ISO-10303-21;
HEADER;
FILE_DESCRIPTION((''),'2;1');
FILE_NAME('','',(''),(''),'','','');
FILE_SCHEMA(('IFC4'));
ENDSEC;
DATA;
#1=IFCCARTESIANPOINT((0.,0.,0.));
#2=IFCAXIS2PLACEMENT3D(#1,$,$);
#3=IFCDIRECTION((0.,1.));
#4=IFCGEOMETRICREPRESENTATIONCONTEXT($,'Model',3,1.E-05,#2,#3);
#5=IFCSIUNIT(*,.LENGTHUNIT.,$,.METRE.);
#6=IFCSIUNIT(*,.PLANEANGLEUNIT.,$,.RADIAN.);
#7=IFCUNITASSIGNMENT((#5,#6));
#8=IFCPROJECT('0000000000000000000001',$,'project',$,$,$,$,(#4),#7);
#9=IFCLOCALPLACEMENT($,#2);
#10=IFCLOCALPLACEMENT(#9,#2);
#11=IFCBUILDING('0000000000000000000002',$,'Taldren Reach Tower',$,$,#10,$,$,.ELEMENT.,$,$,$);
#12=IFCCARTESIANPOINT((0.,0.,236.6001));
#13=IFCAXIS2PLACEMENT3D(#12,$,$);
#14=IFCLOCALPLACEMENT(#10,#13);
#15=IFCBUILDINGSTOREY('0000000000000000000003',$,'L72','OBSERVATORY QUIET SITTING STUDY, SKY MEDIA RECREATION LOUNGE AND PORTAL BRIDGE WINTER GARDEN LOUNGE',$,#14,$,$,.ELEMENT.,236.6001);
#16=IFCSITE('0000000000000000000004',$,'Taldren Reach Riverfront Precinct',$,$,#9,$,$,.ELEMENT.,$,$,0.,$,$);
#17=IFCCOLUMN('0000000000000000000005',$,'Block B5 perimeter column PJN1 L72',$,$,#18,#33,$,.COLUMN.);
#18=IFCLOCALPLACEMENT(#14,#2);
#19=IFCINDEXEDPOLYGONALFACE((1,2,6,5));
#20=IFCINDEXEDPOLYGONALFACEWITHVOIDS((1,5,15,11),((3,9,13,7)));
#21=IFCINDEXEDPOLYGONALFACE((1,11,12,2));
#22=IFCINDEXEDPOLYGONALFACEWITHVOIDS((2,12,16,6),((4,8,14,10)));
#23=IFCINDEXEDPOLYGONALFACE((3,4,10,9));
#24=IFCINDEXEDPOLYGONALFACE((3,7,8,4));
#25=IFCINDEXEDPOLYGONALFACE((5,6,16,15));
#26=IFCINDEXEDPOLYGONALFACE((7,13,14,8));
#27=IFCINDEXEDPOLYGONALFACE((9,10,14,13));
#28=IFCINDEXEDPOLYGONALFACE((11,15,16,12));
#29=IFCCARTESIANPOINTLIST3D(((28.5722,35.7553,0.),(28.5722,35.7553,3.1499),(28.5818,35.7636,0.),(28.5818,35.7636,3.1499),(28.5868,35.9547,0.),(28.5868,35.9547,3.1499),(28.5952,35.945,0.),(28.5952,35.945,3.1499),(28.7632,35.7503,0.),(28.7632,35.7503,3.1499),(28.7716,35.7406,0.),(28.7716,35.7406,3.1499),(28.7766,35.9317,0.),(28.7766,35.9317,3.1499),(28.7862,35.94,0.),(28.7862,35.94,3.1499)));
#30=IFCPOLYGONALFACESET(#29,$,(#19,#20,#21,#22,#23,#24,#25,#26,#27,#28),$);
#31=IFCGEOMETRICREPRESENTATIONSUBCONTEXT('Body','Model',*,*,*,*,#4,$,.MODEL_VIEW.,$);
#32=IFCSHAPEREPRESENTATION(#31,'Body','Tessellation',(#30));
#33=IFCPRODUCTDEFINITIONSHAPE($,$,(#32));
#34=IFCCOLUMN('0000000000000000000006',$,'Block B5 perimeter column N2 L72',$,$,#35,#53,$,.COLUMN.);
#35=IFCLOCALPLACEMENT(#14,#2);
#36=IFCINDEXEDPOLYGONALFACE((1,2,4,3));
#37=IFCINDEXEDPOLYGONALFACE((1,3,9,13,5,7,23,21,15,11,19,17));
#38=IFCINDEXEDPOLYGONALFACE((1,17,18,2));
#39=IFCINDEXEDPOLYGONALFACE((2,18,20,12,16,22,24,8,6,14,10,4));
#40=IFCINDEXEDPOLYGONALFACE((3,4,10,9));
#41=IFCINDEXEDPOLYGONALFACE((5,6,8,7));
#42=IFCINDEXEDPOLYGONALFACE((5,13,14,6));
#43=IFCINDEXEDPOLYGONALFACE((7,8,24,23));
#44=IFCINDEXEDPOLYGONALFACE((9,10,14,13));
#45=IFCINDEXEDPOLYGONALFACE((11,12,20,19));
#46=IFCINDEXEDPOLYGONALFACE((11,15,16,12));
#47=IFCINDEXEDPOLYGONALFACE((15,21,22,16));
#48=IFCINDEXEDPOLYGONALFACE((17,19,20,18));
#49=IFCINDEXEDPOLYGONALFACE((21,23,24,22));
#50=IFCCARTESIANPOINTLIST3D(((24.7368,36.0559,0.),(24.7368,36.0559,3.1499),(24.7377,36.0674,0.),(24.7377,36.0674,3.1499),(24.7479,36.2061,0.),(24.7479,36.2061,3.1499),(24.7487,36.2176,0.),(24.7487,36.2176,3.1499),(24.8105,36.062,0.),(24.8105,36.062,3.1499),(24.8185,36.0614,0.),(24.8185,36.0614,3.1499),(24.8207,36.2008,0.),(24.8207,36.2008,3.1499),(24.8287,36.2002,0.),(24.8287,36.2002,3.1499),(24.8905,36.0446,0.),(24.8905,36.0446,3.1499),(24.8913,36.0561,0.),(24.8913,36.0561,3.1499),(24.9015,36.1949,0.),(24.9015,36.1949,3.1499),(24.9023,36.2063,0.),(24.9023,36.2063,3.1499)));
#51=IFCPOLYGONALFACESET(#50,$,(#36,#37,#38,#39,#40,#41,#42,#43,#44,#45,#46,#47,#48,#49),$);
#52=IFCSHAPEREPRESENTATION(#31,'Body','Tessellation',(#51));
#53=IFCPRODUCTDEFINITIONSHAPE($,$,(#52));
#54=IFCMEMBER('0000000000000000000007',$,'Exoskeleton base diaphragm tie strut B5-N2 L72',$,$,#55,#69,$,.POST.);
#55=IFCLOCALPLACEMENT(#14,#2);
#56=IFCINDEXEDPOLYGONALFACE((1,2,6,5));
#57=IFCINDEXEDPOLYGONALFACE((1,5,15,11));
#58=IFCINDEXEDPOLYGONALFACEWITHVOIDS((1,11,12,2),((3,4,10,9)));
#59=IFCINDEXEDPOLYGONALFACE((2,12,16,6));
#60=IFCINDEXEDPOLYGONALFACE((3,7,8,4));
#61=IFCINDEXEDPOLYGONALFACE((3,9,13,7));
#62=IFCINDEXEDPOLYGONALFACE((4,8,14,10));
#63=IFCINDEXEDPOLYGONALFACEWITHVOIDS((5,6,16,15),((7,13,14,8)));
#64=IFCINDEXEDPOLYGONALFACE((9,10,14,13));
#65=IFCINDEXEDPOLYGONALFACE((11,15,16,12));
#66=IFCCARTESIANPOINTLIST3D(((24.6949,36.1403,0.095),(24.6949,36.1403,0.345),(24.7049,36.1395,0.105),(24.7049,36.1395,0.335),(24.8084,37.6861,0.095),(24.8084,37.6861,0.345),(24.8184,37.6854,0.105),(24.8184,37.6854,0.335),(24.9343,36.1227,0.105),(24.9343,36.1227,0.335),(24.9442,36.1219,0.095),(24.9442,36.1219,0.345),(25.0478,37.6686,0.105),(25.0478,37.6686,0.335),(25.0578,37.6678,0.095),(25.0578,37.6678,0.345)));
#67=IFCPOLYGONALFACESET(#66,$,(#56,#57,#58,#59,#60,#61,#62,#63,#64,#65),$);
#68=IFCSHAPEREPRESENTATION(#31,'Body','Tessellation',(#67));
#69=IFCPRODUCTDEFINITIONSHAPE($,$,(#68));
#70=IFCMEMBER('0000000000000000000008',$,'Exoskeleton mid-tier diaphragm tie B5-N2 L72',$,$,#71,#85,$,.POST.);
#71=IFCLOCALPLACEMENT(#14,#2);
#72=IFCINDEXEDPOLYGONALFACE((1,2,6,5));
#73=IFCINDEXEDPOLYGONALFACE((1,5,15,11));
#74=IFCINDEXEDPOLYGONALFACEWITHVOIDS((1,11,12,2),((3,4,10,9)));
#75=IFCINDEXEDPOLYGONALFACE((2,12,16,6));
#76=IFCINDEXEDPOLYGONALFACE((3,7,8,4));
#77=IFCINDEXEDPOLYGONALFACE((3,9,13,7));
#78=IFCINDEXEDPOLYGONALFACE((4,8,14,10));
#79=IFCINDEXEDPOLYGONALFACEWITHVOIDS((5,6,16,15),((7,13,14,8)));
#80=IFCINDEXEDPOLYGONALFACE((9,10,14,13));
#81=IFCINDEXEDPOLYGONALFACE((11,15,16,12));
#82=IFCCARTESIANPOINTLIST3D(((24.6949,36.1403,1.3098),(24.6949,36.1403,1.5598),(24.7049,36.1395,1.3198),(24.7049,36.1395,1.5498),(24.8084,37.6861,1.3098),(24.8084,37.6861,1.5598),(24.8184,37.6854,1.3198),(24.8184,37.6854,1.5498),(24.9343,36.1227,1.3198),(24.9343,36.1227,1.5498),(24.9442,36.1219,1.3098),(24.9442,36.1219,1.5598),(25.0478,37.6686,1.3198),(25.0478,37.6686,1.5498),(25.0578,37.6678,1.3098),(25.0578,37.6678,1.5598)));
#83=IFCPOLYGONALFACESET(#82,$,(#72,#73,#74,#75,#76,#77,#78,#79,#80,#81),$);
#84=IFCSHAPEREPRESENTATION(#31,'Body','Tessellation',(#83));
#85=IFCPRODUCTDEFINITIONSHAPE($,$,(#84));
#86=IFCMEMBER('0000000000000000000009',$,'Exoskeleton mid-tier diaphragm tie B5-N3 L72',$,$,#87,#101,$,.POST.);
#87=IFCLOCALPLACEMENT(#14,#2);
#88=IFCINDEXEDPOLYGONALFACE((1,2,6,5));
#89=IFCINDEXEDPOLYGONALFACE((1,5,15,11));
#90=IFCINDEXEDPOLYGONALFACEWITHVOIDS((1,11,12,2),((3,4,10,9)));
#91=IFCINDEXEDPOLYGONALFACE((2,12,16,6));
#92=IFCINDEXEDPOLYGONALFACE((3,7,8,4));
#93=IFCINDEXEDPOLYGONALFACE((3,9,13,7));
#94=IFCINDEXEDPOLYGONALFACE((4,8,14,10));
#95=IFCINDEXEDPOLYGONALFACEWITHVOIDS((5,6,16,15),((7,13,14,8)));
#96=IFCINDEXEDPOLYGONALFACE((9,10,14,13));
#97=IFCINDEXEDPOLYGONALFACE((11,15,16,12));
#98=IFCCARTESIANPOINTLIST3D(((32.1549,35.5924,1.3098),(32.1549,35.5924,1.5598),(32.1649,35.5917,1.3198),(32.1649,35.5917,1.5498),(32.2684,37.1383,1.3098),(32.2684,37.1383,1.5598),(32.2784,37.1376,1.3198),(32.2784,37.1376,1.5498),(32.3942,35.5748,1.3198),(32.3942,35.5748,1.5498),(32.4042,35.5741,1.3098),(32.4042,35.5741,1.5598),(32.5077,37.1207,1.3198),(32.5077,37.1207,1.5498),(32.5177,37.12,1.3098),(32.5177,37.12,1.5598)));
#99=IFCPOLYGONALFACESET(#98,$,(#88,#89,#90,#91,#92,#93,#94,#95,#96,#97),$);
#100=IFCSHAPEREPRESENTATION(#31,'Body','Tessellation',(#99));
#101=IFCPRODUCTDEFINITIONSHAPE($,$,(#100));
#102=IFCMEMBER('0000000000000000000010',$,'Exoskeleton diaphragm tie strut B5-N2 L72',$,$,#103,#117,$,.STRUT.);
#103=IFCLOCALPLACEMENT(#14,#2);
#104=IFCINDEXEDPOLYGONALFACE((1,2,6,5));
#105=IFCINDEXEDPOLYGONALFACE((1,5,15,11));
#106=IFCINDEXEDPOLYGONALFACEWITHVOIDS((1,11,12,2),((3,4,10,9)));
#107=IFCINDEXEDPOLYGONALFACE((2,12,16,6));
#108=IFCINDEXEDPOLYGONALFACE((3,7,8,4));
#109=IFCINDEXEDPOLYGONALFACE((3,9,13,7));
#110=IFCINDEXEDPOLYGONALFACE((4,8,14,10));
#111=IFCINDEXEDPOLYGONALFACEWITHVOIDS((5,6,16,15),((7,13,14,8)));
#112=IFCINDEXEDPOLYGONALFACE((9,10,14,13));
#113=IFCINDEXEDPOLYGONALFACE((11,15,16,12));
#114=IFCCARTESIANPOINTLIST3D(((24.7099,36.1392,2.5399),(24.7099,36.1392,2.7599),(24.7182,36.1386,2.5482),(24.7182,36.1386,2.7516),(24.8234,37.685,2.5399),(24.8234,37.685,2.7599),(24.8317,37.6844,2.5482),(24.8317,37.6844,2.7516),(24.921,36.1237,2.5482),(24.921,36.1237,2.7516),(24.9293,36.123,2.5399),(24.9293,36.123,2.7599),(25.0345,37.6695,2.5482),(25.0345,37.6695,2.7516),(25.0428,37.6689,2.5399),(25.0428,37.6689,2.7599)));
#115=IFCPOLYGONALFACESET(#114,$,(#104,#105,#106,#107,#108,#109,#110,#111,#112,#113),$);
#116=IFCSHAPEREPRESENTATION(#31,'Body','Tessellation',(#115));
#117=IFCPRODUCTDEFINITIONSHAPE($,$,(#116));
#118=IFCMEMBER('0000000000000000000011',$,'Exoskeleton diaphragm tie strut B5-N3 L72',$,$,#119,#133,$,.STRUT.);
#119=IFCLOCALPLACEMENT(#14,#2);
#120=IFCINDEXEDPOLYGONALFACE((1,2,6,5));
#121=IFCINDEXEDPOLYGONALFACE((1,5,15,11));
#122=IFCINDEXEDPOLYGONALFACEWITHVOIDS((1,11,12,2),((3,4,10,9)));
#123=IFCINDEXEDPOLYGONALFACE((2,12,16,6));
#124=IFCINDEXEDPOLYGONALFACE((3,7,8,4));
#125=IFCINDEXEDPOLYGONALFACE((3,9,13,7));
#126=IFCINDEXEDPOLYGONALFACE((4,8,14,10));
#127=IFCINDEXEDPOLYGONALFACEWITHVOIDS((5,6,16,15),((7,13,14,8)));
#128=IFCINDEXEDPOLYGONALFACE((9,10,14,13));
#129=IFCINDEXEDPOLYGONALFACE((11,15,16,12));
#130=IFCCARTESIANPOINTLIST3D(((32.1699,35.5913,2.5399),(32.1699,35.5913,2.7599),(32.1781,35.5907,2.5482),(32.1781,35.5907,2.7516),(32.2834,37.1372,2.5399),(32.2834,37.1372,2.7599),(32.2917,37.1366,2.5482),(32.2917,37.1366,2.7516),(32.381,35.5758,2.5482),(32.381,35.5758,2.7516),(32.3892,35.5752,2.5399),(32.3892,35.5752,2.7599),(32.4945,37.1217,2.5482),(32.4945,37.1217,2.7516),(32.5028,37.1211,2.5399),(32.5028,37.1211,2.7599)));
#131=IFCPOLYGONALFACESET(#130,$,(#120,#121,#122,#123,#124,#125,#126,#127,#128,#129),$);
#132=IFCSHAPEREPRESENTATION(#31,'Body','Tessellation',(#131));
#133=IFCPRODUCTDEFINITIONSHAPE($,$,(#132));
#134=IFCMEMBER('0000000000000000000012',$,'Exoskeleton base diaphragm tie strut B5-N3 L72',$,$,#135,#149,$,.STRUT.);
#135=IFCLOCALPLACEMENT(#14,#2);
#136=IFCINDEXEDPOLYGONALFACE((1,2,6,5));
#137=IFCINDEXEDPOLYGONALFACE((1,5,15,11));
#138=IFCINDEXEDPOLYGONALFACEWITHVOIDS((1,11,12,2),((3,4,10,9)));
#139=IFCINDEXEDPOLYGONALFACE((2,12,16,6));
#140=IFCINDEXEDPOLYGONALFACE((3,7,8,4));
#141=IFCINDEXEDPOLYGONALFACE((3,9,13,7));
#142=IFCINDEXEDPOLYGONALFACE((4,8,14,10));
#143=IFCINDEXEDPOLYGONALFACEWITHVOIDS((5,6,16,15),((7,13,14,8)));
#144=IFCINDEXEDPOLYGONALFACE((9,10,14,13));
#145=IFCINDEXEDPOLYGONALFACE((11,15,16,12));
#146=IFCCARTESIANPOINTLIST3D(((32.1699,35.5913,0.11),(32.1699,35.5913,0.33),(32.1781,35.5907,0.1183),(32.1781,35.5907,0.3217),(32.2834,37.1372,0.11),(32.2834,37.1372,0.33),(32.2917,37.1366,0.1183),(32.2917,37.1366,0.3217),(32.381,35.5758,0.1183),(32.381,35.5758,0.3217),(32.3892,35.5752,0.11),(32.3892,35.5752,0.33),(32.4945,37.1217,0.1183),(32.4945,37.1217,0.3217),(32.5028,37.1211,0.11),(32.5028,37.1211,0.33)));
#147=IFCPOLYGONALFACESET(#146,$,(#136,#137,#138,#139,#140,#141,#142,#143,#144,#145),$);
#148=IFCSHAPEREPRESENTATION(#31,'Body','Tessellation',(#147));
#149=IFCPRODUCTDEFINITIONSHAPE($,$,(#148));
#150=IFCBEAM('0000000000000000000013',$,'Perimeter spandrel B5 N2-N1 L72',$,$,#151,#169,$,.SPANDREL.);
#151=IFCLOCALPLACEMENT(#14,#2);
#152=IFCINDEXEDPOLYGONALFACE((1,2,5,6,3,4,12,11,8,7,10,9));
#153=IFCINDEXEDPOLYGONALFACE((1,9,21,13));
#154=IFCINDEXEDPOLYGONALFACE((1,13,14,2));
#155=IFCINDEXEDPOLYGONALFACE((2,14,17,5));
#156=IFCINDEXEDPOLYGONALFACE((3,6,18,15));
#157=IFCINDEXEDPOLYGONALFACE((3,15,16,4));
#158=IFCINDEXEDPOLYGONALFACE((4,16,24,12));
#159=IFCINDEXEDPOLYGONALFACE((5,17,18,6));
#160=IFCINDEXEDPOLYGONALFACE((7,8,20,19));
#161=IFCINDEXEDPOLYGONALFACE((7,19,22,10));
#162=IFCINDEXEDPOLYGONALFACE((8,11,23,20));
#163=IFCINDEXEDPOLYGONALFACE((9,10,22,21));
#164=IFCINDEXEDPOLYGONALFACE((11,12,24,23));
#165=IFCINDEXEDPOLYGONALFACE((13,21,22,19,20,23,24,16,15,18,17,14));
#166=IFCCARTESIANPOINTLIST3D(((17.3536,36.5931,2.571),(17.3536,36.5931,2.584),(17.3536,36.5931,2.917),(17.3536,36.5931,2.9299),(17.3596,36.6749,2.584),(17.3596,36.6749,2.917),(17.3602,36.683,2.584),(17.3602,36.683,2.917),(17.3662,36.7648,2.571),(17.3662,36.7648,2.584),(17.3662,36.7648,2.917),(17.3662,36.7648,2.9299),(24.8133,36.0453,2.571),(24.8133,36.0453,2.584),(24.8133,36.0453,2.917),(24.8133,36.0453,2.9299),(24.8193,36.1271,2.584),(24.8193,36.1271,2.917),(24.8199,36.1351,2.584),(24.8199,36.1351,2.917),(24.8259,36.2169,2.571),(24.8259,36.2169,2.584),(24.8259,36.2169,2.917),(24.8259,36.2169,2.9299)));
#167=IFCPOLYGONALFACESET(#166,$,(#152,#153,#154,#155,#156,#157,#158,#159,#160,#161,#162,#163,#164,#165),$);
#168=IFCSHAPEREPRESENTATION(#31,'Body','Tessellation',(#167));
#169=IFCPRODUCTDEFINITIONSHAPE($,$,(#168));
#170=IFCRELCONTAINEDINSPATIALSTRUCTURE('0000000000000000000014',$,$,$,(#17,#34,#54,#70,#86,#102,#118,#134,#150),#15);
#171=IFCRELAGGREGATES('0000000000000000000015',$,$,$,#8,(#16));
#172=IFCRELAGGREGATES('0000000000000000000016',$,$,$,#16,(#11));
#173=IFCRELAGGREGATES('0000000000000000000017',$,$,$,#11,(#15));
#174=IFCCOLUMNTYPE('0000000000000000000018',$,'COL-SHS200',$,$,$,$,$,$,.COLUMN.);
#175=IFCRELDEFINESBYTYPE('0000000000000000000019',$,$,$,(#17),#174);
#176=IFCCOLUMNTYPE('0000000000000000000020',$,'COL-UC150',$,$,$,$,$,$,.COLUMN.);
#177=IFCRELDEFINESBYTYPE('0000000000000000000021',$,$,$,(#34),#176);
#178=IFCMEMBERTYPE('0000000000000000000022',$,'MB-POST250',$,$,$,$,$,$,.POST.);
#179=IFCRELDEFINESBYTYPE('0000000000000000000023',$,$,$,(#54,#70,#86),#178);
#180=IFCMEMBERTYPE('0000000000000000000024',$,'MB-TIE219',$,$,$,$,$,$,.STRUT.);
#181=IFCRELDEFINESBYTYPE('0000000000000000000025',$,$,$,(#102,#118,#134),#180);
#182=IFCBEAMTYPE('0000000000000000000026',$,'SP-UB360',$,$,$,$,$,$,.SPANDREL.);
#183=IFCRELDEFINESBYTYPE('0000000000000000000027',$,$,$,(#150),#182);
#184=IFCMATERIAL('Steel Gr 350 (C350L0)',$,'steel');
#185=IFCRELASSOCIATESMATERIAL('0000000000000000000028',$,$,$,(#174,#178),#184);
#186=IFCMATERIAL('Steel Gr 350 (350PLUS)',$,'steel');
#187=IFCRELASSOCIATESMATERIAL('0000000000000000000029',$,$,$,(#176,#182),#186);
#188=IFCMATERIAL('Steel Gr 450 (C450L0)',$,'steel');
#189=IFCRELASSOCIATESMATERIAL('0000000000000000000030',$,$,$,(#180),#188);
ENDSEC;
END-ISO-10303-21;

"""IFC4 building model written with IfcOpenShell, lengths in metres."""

from ifc_helpers import new_model, si_unit, direction, frame, origin, origin_2d, place, context, subcontext, project, spatial, hollow_rectangle, i_section, extrude, source, transform, mapped, material, material_profile, profile_set, type_object, element, save


model = new_model("IFC4")

# Units and contexts
model_context = context("Model", 3, precision=1e-05, world=origin(), true_north=direction((0.0, 1.0)))
body_context = subcontext(model_context, "Body", "Model", "MODEL_VIEW")
ifc_project = project(units=[si_unit("LENGTHUNIT", "METRE"), si_unit("PLANEANGLEUNIT", "RADIAN")], contexts=[model_context])

# Site, building, storey
site_placement = place(None, origin())
site = spatial("IfcSite", under=ifc_project, at=site_placement, Name="Taldren Reach Riverfront Precinct", CompositionType="ELEMENT", RefElevation=0.0)
building_placement = place(site_placement, origin())
building = spatial("IfcBuilding", under=site, at=building_placement, Name="Taldren Reach Tower", CompositionType="ELEMENT")
storey_placement = place(building_placement, frame((0.0, 0.0, 236.6001)))
storey = spatial("IfcBuildingStorey", under=building, at=storey_placement, Name="L72", Description="OBSERVATORY QUIET SITTING STUDY, SKY MEDIA RECREATION LOUNGE AND PORTAL BRIDGE WINTER GARDEN LOUNGE", CompositionType="ELEMENT", Elevation=236.6001)

# Columns
ifc_material_1 = material(Name="Steel Gr 350 (C350L0)", Category="steel")
ifc_material_profile_1 = material_profile(ifc_material_1, hollow_rectangle(XDim=0.2, YDim=0.2, WallThickness=0.009, at=origin_2d()), Name="200x200x9.0SHS")
ifc_profile_set_1 = profile_set([ifc_material_profile_1], Name="Steel Gr 350 (C350L0)")
column_type_1 = type_object("IfcColumnType", Name="COL-SHS200", PredefinedType="COLUMN", material=ifc_profile_set_1)
shared_shape_1 = source(origin(), body_context, "Body", "SweptSolid", [
    extrude(hollow_rectangle(XDim=0.2, YDim=0.2, WallThickness=0.009, at=origin_2d()), origin(), (0.0, 0.0, 1.0), 3.1499),
])
column_1_placement = place(storey_placement, frame((28.6792, 35.8477, 0.0), z_axis=(0.0, 0.0, 1.0), x_axis=(0.997314, -0.073238, 0.0)))
element("IfcColumn", 1, at=column_1_placement, inside=storey, type_object=column_type_1, Name="Block B5 perimeter column PJN1 L72", PredefinedType="COLUMN", context=body_context, shape_type="MappedRepresentation", body=[
    mapped(shared_shape_1, transform((0.0, 0.0, 0.0), scale=1.0)),
])
ifc_material_2 = material(Name="Steel Gr 350 (350PLUS)", Category="steel")
ifc_material_profile_2 = material_profile(ifc_material_2, i_section(OverallWidth=0.1541, OverallDepth=0.1621, WebThickness=0.0081, FlangeThickness=0.0115, at=origin_2d()), Name="150UC37.2")
ifc_profile_set_2 = profile_set([ifc_material_profile_2], Name="Steel Gr 350 (350PLUS)")
column_type_2 = type_object("IfcColumnType", Name="COL-UC150", PredefinedType="COLUMN", material=ifc_profile_set_2)
shared_shape_2 = source(origin(), body_context, "Body", "SweptSolid", [
    extrude(i_section(OverallWidth=0.1541, OverallDepth=0.1621, WebThickness=0.0081, FlangeThickness=0.0115, at=origin_2d()), origin(), (0.0, 0.0, 1.0), 3.1499),
])
column_2_placement = place(storey_placement, frame((24.8196, 36.1311, 0.0), z_axis=(0.0, 0.0, 1.0), x_axis=(0.997314, -0.073238, 0.0)))
element("IfcColumn", 2, at=column_2_placement, inside=storey, type_object=column_type_2, Name="Block B5 perimeter column N2 L72", PredefinedType="COLUMN", context=body_context, shape_type="MappedRepresentation", body=[
    mapped(shared_shape_2, transform((0.0, 0.0, 0.0), scale=1.0)),
])

# Members
ifc_material_profile_3 = material_profile(ifc_material_1, hollow_rectangle(XDim=0.25, YDim=0.25, WallThickness=0.01, at=origin_2d()), Name="250x250x10.0SHS")
ifc_profile_set_3 = profile_set([ifc_material_profile_3], Name="Steel Gr 350 (C350L0)")
member_type_1 = type_object("IfcMemberType", Name="MB-POST250", PredefinedType="POST", material=ifc_profile_set_3)
shared_shape_3 = source(origin(), body_context, "Body", "SweptSolid", [
    extrude(hollow_rectangle(XDim=0.25, YDim=0.25, WallThickness=0.01, at=origin_2d()), origin(), (0.0, 0.0, 1.0), 1.55),
])
for number, where, z_axis, x_axis, name in (
    (3, (24.8196, 36.1311, 0.22), (0.073239, 0.997314, 0.0), (-0.997314, 0.073239, 0.0), "Exoskeleton base diaphragm tie strut B5-N2 L72"),
    (4, (24.8196, 36.1311, 1.4348), (0.073239, 0.997314, 0.0), (-0.997314, 0.073239, 0.0), "Exoskeleton mid-tier diaphragm tie B5-N2 L72"),
    (5, (32.2795, 35.5833, 1.4348), (0.073239, 0.997314, 0.0), (-0.997314, 0.073239, 0.0), "Exoskeleton mid-tier diaphragm tie B5-N3 L72"),
):
    element("IfcMember", number, at=place(storey_placement, frame(where, z_axis=z_axis, x_axis=x_axis)), inside=storey, type_object=member_type_1, Name=name, PredefinedType="POST", context=body_context, shape_type="MappedRepresentation", body=[
        mapped(shared_shape_3, transform((0.0, 0.0, 0.0), scale=1.0)),
    ])
ifc_material_3 = material(Name="Steel Gr 450 (C450L0)", Category="steel")
ifc_material_profile_4 = material_profile(ifc_material_3, hollow_rectangle(XDim=0.22, YDim=0.22, WallThickness=0.0083, at=origin_2d()), Name="220x220x8.2SHS")
ifc_profile_set_4 = profile_set([ifc_material_profile_4], Name="Steel Gr 450 (C450L0)")
member_type_2 = type_object("IfcMemberType", Name="MB-TIE219", PredefinedType="STRUT", material=ifc_profile_set_4)
shared_shape_4 = source(origin(), body_context, "Body", "SweptSolid", [
    extrude(hollow_rectangle(XDim=0.22, YDim=0.22, WallThickness=0.0083, at=origin_2d()), origin(), (0.0, 0.0, 1.0), 1.55),
])
for number, where, z_axis, x_axis, name in (
    (6, (24.8196, 36.1311, 2.6499), (0.073239, 0.997314, 0.0), (-0.997314, 0.073239, 0.0), "Exoskeleton diaphragm tie strut B5-N2 L72"),
    (7, (32.2795, 35.5833, 2.6499), (0.073239, 0.997314, 0.0), (-0.997314, 0.073239, 0.0), "Exoskeleton diaphragm tie strut B5-N3 L72"),
    (8, (32.2795, 35.5833, 0.22), (0.073239, 0.997314, 0.0), (-0.997314, 0.073239, 0.0), "Exoskeleton base diaphragm tie strut B5-N3 L72"),
):
    element("IfcMember", number, at=place(storey_placement, frame(where, z_axis=z_axis, x_axis=x_axis)), inside=storey, type_object=member_type_2, Name=name, PredefinedType="STRUT", context=body_context, shape_type="MappedRepresentation", body=[
        mapped(shared_shape_4, transform((0.0, 0.0, 0.0), scale=1.0)),
    ])

# Beam
ifc_material_profile_5 = material_profile(ifc_material_2, i_section(OverallWidth=0.1721, OverallDepth=0.3589, WebThickness=0.0081, FlangeThickness=0.0129, at=origin_2d()), Name="360UB56.7")
ifc_profile_set_5 = profile_set([ifc_material_profile_5], Name="Steel Gr 350 (350PLUS)")
beam_type = type_object("IfcBeamType", Name="SP-UB360", PredefinedType="SPANDREL", material=ifc_profile_set_5)
shared_shape_5 = source(origin(), body_context, "Body", "SweptSolid", [
    extrude(i_section(OverallWidth=0.1721, OverallDepth=0.3589, WebThickness=0.0081, FlangeThickness=0.0129, at=origin_2d()), origin(), (0.0, 0.0, 1.0), 7.4797),
])
beam_1_placement = place(storey_placement, frame((24.8196, 36.1311, 2.7505), z_axis=(-0.997314, 0.073244, 0.0), x_axis=(-0.073244, -0.997314, 0.0)))
element("IfcBeam", 9, at=beam_1_placement, inside=storey, type_object=beam_type, Name="Perimeter spandrel B5 N2-N1 L72", PredefinedType="SPANDREL", context=body_context, shape_type="MappedRepresentation", body=[
    mapped(shared_shape_5, transform((0.0, 0.0, 0.0), scale=1.0)),
])

save(model, "model.ifc")
